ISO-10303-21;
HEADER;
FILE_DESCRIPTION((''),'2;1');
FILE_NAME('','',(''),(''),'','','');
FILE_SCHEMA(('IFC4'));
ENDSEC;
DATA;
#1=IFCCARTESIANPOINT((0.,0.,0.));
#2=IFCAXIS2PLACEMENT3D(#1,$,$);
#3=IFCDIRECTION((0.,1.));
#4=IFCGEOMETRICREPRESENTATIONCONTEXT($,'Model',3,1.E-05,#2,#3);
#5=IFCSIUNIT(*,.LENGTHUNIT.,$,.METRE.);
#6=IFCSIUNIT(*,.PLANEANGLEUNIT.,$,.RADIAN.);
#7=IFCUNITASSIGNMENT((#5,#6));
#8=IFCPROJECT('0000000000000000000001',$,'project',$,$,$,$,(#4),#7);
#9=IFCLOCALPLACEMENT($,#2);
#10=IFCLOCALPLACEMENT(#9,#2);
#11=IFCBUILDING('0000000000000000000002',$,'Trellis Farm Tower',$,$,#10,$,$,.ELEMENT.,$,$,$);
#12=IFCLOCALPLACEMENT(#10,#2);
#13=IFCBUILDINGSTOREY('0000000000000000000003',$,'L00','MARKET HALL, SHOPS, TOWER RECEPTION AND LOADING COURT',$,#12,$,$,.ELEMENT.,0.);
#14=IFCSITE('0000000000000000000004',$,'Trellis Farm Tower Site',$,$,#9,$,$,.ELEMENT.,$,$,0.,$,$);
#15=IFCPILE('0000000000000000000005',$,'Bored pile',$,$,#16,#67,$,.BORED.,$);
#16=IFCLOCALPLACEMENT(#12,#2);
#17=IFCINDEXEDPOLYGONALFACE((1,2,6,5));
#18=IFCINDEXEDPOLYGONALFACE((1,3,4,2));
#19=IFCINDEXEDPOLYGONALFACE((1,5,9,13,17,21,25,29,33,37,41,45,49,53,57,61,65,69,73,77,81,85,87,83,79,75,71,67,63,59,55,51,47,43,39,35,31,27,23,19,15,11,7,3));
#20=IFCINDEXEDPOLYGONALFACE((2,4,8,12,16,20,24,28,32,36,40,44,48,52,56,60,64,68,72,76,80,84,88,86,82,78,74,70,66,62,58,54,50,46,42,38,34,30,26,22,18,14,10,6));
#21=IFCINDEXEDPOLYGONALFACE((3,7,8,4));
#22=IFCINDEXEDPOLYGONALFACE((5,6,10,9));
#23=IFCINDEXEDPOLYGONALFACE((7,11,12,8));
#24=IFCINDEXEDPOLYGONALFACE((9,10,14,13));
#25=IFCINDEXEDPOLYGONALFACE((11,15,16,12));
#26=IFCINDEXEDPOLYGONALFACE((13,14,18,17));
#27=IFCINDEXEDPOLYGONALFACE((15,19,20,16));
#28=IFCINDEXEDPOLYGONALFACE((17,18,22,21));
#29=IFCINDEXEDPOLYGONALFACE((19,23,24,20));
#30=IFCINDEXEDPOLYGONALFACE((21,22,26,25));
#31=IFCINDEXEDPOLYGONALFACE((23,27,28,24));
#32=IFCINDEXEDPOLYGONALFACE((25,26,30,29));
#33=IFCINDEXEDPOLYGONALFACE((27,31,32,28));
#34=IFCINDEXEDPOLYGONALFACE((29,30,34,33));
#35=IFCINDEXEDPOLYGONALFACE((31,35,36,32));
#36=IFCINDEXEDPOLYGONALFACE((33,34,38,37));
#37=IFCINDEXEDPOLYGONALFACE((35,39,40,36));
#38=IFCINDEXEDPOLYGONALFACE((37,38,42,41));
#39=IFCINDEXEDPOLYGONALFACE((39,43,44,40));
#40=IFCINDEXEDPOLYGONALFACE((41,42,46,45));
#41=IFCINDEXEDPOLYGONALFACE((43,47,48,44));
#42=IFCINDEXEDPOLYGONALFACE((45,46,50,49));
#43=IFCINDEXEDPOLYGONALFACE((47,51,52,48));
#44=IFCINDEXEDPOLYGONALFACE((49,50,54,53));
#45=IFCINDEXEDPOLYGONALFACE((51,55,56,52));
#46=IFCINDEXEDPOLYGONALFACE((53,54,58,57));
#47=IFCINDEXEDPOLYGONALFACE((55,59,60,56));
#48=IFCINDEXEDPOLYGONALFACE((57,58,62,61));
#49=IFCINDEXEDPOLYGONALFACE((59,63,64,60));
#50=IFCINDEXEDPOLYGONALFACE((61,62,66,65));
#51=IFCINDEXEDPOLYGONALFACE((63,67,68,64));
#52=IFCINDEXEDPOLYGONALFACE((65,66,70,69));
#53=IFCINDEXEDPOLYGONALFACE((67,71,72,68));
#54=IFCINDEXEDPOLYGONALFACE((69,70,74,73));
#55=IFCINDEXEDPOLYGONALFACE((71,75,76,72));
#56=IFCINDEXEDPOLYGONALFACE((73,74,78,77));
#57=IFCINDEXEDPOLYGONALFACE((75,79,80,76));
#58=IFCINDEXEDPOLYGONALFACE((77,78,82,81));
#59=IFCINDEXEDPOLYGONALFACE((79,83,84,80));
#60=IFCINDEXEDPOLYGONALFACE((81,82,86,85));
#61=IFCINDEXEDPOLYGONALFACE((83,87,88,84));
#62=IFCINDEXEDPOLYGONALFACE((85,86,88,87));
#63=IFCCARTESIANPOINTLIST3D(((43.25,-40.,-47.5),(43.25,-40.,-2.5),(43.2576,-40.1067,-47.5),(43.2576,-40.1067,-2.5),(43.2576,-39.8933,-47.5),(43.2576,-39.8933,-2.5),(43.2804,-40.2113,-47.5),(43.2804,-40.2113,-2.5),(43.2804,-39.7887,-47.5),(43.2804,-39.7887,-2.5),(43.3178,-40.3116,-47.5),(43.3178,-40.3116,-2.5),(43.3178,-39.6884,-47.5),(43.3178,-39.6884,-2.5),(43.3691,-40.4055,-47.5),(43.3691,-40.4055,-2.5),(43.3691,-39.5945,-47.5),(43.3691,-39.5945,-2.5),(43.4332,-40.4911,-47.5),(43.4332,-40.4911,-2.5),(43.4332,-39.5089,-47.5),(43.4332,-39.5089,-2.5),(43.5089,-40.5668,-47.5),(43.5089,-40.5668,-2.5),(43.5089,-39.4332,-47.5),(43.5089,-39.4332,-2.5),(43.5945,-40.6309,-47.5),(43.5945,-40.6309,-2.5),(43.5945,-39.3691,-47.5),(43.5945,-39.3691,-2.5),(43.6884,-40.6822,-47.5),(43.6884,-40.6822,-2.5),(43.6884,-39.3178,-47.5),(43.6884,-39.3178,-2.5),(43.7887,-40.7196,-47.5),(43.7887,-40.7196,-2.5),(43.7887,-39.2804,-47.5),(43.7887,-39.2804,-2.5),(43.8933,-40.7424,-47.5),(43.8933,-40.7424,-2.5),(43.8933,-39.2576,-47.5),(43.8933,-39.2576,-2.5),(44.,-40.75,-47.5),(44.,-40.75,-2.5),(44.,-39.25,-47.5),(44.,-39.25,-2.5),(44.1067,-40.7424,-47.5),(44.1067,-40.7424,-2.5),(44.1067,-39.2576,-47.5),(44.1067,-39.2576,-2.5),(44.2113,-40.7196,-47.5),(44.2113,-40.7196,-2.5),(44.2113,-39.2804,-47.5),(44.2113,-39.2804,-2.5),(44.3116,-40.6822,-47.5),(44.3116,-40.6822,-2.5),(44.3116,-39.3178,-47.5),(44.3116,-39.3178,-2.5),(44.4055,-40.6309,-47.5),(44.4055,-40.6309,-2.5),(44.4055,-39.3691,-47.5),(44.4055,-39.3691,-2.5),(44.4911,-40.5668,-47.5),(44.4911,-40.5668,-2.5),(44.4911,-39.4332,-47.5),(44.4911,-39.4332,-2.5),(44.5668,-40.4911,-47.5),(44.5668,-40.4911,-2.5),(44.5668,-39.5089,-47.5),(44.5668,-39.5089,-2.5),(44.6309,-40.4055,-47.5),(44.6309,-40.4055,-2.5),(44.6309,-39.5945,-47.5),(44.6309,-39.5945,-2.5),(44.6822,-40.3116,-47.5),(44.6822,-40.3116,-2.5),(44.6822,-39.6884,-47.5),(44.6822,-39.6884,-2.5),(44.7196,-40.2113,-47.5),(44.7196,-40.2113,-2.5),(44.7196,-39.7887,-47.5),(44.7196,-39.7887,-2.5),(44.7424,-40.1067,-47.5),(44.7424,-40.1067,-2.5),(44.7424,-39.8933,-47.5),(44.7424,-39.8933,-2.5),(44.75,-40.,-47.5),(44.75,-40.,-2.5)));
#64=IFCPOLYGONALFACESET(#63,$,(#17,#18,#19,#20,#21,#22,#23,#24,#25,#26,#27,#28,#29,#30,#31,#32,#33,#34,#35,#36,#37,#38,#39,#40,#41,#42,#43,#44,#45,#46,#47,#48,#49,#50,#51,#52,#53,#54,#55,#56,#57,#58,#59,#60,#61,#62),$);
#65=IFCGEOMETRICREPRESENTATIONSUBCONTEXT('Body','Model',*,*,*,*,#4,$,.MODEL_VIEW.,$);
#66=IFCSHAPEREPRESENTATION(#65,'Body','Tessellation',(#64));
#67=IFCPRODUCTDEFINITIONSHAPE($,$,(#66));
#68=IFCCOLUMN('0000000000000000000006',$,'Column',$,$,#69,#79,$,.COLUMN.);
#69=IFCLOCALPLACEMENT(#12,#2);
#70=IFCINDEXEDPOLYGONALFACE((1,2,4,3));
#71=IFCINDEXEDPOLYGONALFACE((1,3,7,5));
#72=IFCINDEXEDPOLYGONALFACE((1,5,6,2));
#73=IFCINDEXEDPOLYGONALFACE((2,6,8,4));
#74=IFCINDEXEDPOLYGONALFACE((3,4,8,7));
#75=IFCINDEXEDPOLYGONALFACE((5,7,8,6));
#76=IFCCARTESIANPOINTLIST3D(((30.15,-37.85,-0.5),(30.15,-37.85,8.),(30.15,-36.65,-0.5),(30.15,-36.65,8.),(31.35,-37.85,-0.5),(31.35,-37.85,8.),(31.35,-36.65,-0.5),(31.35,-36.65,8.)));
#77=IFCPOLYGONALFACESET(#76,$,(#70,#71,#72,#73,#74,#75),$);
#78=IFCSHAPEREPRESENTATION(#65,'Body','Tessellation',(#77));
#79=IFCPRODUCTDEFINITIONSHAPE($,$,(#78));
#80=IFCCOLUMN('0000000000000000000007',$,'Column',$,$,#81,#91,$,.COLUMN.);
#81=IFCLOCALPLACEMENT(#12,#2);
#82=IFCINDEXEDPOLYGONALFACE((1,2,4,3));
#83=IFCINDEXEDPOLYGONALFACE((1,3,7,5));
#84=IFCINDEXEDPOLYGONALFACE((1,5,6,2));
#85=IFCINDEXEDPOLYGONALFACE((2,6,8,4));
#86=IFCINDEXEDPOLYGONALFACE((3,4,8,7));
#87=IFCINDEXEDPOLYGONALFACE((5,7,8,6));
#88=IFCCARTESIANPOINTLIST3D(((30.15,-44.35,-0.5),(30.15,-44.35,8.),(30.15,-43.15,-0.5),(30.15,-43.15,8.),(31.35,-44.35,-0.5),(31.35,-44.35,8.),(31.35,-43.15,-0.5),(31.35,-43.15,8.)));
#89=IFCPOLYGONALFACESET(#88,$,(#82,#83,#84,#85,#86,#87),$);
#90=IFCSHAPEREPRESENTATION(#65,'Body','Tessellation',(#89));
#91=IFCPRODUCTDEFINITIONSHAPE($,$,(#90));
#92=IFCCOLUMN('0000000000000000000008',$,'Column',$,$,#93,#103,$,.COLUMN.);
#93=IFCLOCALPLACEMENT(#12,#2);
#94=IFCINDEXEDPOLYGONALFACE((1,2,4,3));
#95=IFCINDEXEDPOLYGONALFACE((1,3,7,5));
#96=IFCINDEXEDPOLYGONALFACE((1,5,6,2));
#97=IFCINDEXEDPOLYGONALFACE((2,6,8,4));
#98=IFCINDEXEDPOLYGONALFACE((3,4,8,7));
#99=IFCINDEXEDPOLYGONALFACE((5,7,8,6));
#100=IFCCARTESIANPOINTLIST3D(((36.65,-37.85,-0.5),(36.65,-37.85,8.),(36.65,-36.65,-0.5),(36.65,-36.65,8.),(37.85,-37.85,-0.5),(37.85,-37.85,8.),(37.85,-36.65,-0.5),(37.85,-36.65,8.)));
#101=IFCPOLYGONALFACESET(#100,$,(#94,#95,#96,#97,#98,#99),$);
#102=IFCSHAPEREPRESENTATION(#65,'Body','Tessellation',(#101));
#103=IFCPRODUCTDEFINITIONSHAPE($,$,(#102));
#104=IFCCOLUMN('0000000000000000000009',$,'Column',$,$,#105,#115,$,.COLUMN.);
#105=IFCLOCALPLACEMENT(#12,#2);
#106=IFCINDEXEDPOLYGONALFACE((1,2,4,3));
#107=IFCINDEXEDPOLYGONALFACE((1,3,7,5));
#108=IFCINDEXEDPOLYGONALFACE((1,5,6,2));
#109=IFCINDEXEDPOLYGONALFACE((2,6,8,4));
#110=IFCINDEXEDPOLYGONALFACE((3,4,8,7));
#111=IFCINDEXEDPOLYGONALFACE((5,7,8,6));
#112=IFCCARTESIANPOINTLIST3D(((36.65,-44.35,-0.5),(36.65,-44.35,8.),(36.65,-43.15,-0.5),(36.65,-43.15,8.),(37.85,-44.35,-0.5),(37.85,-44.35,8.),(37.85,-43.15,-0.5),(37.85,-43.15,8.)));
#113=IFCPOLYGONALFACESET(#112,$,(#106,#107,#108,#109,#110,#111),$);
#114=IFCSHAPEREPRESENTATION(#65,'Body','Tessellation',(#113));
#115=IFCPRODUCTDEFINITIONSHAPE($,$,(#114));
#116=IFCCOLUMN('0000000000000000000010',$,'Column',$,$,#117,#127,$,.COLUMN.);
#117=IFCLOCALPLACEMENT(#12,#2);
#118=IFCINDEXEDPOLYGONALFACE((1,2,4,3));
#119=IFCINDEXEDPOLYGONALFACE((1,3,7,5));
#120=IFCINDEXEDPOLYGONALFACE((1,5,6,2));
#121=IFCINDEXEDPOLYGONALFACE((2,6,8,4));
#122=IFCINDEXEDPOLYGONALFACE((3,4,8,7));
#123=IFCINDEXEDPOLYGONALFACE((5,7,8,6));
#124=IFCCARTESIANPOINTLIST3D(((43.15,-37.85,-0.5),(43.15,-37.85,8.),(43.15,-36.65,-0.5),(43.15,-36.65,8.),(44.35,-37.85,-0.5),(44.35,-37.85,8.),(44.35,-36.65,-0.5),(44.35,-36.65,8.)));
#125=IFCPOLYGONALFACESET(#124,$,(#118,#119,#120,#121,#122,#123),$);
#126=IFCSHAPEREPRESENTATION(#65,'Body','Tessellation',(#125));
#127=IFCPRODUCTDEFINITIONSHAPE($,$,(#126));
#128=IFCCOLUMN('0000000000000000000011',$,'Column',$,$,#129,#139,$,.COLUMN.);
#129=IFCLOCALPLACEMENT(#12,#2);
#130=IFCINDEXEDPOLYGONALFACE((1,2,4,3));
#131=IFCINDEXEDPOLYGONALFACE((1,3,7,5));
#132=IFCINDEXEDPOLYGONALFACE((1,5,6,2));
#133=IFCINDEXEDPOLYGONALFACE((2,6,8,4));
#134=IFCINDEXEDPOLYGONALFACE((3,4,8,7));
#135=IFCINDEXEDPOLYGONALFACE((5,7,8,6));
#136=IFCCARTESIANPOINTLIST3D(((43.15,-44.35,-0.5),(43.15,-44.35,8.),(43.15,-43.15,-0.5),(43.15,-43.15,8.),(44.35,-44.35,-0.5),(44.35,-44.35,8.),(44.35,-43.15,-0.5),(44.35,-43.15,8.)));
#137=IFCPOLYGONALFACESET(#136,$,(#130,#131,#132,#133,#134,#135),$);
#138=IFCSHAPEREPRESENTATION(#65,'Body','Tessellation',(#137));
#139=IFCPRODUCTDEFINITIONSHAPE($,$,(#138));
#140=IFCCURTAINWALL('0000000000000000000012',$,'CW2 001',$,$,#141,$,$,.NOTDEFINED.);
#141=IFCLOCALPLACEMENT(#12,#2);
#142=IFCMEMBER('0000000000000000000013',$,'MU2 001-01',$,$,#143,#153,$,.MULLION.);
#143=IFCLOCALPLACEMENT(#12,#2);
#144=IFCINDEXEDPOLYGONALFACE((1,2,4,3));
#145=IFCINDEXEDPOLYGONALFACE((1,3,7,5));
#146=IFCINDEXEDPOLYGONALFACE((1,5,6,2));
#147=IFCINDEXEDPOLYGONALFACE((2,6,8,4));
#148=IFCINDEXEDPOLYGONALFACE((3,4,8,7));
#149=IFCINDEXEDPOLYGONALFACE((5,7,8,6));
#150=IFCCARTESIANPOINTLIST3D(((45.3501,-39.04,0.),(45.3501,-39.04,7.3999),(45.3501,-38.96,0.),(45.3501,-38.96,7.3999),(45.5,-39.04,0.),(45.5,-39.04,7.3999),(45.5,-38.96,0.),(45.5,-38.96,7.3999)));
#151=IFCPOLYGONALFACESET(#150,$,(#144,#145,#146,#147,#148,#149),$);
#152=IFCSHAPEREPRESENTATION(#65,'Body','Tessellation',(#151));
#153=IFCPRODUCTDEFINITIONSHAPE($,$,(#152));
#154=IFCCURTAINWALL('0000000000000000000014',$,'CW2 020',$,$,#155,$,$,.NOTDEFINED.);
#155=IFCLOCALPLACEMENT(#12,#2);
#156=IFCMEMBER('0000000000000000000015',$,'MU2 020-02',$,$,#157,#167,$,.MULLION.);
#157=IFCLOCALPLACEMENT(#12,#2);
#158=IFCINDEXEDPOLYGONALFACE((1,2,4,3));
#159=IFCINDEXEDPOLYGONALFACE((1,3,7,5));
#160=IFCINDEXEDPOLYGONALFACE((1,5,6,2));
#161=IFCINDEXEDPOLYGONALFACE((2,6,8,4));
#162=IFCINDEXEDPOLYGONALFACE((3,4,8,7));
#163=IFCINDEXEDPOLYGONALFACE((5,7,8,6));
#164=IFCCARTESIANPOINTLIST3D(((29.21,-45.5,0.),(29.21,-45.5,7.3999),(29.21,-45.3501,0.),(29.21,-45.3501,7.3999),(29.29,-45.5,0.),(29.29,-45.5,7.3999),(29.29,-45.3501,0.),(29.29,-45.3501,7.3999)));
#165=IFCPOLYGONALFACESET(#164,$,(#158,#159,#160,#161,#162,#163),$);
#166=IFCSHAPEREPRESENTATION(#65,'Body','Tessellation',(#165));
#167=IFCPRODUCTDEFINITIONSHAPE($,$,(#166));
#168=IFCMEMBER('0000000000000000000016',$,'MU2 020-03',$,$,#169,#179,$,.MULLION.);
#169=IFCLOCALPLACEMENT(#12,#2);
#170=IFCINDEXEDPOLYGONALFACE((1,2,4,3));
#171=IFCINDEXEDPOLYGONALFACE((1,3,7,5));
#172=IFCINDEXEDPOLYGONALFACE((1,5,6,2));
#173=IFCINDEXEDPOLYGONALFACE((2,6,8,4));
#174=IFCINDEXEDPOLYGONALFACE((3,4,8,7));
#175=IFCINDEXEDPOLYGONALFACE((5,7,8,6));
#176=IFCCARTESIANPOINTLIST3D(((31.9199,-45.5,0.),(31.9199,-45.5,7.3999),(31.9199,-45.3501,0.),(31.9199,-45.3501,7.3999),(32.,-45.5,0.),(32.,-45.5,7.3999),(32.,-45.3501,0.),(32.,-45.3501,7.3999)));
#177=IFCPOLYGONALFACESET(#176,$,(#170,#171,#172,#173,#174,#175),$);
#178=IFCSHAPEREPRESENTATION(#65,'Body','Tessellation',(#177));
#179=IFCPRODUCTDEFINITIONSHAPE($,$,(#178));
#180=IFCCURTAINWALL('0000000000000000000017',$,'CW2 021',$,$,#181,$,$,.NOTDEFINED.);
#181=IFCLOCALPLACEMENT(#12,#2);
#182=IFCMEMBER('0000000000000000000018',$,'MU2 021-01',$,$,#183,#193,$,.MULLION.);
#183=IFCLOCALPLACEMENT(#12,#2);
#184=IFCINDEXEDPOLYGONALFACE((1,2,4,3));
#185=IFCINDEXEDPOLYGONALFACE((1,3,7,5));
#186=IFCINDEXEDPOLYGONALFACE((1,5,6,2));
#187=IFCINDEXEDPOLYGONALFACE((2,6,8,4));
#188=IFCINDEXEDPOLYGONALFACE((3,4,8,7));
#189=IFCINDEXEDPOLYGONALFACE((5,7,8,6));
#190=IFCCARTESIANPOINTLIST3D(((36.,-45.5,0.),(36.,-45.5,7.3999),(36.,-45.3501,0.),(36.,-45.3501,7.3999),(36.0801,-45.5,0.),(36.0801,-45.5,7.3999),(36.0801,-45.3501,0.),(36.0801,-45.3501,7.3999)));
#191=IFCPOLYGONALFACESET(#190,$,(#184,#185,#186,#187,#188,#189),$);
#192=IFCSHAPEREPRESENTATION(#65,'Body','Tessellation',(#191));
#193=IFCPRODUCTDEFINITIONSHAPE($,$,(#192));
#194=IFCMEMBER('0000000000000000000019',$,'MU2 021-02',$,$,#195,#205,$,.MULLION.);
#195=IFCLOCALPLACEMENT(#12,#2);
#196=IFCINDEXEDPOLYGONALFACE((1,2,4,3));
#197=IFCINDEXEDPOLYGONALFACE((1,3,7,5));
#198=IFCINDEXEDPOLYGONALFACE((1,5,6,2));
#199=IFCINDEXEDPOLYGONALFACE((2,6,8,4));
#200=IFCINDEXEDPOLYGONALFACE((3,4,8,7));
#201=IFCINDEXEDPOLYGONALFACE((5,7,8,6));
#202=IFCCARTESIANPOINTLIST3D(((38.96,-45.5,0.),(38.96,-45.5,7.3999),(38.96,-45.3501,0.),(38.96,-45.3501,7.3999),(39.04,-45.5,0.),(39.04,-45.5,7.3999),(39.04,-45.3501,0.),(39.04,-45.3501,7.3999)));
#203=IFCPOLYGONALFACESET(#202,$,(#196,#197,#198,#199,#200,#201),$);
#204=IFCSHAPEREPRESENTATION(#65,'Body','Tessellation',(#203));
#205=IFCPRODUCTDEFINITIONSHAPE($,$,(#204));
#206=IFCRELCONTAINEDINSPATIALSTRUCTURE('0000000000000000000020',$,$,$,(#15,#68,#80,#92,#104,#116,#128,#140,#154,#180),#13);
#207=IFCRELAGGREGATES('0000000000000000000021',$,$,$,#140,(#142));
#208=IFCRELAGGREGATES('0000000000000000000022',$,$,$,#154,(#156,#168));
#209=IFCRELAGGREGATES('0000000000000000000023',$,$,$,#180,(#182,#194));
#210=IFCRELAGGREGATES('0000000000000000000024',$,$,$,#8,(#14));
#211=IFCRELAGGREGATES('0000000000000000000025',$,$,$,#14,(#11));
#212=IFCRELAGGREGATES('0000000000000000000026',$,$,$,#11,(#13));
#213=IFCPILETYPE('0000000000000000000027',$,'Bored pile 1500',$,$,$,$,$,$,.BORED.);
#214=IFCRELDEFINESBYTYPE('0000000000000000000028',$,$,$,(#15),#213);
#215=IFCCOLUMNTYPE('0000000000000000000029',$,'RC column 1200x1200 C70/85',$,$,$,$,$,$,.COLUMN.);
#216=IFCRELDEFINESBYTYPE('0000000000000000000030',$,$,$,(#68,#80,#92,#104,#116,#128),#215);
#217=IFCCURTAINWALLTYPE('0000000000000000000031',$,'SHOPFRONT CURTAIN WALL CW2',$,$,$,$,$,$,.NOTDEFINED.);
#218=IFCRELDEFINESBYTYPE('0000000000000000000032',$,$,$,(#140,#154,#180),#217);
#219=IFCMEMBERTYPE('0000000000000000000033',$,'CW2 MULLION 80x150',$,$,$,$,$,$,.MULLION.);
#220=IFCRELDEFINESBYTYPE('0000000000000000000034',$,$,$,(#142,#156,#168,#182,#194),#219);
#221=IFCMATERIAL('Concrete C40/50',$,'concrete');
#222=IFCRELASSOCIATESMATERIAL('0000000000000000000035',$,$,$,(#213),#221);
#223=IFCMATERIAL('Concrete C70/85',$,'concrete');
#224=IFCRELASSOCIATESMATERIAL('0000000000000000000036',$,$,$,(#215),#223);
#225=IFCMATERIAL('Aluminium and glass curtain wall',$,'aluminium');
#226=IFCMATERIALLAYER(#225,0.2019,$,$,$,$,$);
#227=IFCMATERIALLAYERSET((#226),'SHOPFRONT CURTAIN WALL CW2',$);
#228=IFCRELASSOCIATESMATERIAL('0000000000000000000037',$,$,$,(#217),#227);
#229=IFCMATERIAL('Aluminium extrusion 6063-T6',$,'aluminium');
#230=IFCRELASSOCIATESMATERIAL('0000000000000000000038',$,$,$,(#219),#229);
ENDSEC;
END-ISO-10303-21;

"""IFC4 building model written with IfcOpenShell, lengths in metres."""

from ifc_helpers import new_model, si_unit, direction, frame, origin, origin_2d, place, context, subcontext, project, spatial, rectangle, circle, extrude, source, transform, mapped, material, layer, layer_set, material_profile, profile_set, type_object, element, aggregate, save


model = new_model("IFC4")

# Units and contexts
model_context = context("Model", 3, precision=1e-05, world=origin(), true_north=direction((0.0, 1.0)))
body_context = subcontext(model_context, "Body", "Model", "MODEL_VIEW")
ifc_project = project(units=[si_unit("LENGTHUNIT", "METRE"), si_unit("PLANEANGLEUNIT", "RADIAN")], contexts=[model_context])

# Site, building, storey
site_placement = place(None, origin())
site = spatial("IfcSite", under=ifc_project, at=site_placement, Name="Trellis Farm Tower Site", CompositionType="ELEMENT", RefElevation=0.0)
building_placement = place(site_placement, origin())
building = spatial("IfcBuilding", under=site, at=building_placement, Name="Trellis Farm Tower", CompositionType="ELEMENT")
storey_placement = place(building_placement, origin())
storey = spatial("IfcBuildingStorey", under=building, at=storey_placement, Name="L00", Description="MARKET HALL, SHOPS, TOWER RECEPTION AND LOADING COURT", CompositionType="ELEMENT", Elevation=0.0)

# Pile
ifc_material_1 = material(Name="Concrete C40/50", Category="concrete")
ifc_material_profile_1 = material_profile(ifc_material_1, circle(Radius=0.75, at=origin_2d()), Name="Bored pile 1500")
ifc_profile_set_1 = profile_set([ifc_material_profile_1], Name="Concrete C40/50")
pile_type = type_object("IfcPileType", Name="Bored pile 1500", PredefinedType="BORED", material=ifc_profile_set_1)
shared_shape_1 = source(origin(), body_context, "Body", "SweptSolid", [
    extrude(circle(Radius=0.75, at=origin_2d()), origin(), (0.0, 0.0, 1.0), 45.0),
])
for number, where, z_axis, x_axis, name in (
    (1, (44.0, -40.0, -2.5), (0.0, 0.0, -1.0), (1.0, 0.0, 0.0), "Bored pile"),
):
    element("IfcPile", number, at=place(storey_placement, frame(where, z_axis=z_axis, x_axis=x_axis)), inside=storey, type_object=pile_type, Name=name, PredefinedType="BORED", context=body_context, shape_type="MappedRepresentation", body=[
        mapped(shared_shape_1, transform((0.0, 0.0, 0.0))),
    ])

# Columns
ifc_material_2 = material(Name="Concrete C70/85", Category="concrete")
ifc_material_profile_2 = material_profile(ifc_material_2, rectangle(XDim=1.2, YDim=1.2, at=origin_2d()), Name="RC column 1200x1200 C70/85")
ifc_profile_set_2 = profile_set([ifc_material_profile_2], Name="Concrete C70/85")
column_type = type_object("IfcColumnType", Name="RC column 1200x1200 C70/85", PredefinedType="COLUMN", material=ifc_profile_set_2)
shared_shape_2 = source(origin(), body_context, "Body", "SweptSolid", [
    extrude(rectangle(XDim=1.2, YDim=1.2, at=origin_2d()), origin(), (0.0, 0.0, 1.0), 8.5),
])
for number, where, z_axis, x_axis, name in (
    (2, (30.75, -37.25, -0.5), (0.0, 0.0, 1.0), (1.0, 0.0, 0.0), "Column"),
    (3, (30.75, -43.75, -0.5), (0.0, 0.0, 1.0), (1.0, 0.0, 0.0), "Column"),
    (4, (37.25, -37.25, -0.5), (0.0, 0.0, 1.0), (1.0, 0.0, 0.0), "Column"),
    (5, (37.25, -43.75, -0.5), (0.0, 0.0, 1.0), (1.0, 0.0, 0.0), "Column"),
    (6, (43.75, -37.25, -0.5), (0.0, 0.0, 1.0), (1.0, 0.0, 0.0), "Column"),
    (7, (43.75, -43.75, -0.5), (0.0, 0.0, 1.0), (1.0, 0.0, 0.0), "Column"),
):
    element("IfcColumn", number, at=place(storey_placement, frame(where, z_axis=z_axis, x_axis=x_axis)), inside=storey, type_object=column_type, Name=name, PredefinedType="COLUMN", context=body_context, shape_type="MappedRepresentation", body=[
        mapped(shared_shape_2, transform((0.0, 0.0, 0.0))),
    ])

# Curtain wall, member
ifc_material_3 = material(Name="Aluminium and glass curtain wall", Category="aluminium")
ifc_layer_1 = layer(ifc_material_3, 0.2019)
ifc_layer_set_1 = layer_set([ifc_layer_1], Name="SHOPFRONT CURTAIN WALL CW2")
curtain_wall_type = type_object("IfcCurtainWallType", Name="SHOPFRONT CURTAIN WALL CW2", PredefinedType="NOTDEFINED", material=ifc_layer_set_1)
placement = place(storey_placement, origin())
curtain_wall_1 = element("IfcCurtainWall", 8, at=placement, inside=storey, type_object=curtain_wall_type, Name="CW2 001", PredefinedType="NOTDEFINED")
ifc_material_4 = material(Name="Aluminium extrusion 6063-T6", Category="aluminium")
ifc_material_profile_3 = material_profile(ifc_material_4, rectangle(XDim=0.0801, YDim=0.1499, at=origin_2d()), Name="MULLION 80x150")
ifc_profile_set_3 = profile_set([ifc_material_profile_3], Name="Aluminium extrusion 6063-T6")
member_type = type_object("IfcMemberType", Name="CW2 MULLION 80x150", PredefinedType="MULLION", material=ifc_profile_set_3)
shared_shape_3 = source(origin(), body_context, "Body", "SweptSolid", [
    extrude(rectangle(XDim=0.0801, YDim=0.1499, at=origin_2d()), origin(), (0.0, 0.0, 1.0), 7.3999),
])
member_1_placement = place(storey_placement, frame((45.425, -39.0, 0.0), z_axis=(0.0, 0.0, 1.0), x_axis=(0.0, 1.0, 0.0)))
member_1 = element("IfcMember", 9, at=member_1_placement, type_object=member_type, Name="MU2 001-01", PredefinedType="MULLION", context=body_context, shape_type="MappedRepresentation", body=[
    mapped(shared_shape_3, transform((0.0, 0.0, 0.0))),
])
aggregate(curtain_wall_1, [member_1])

# Curtain walls, members
curtain_wall_2 = element("IfcCurtainWall", 10, at=placement, inside=storey, type_object=curtain_wall_type, Name="CW2 020", PredefinedType="NOTDEFINED")
member_2_placement = place(storey_placement, frame((29.25, -45.425, 0.0), z_axis=(0.0, 0.0, 1.0), x_axis=(1.0, 0.0, 0.0)))
member_2 = element("IfcMember", 11, at=member_2_placement, type_object=member_type, Name="MU2 020-02", PredefinedType="MULLION", context=body_context, shape_type="MappedRepresentation", body=[
    mapped(shared_shape_3, transform((0.0, 0.0, 0.0))),
])
member_3_placement = place(storey_placement, frame((31.96, -45.425, 0.0), z_axis=(0.0, 0.0, 1.0), x_axis=(1.0, 0.0, 0.0)))
member_3 = element("IfcMember", 12, at=member_3_placement, type_object=member_type, Name="MU2 020-03", PredefinedType="MULLION", context=body_context, shape_type="MappedRepresentation", body=[
    mapped(shared_shape_3, transform((0.0, 0.0, 0.0))),
])
aggregate(curtain_wall_2, [member_2, member_3])
curtain_wall_3 = element("IfcCurtainWall", 13, at=placement, inside=storey, type_object=curtain_wall_type, Name="CW2 021", PredefinedType="NOTDEFINED")
member_4_placement = place(storey_placement, frame((36.04, -45.425, 0.0), z_axis=(0.0, 0.0, 1.0), x_axis=(1.0, 0.0, 0.0)))
member_4 = element("IfcMember", 14, at=member_4_placement, type_object=member_type, Name="MU2 021-01", PredefinedType="MULLION", context=body_context, shape_type="MappedRepresentation", body=[
    mapped(shared_shape_3, transform((0.0, 0.0, 0.0))),
])
member_5_placement = place(storey_placement, frame((39.0, -45.425, 0.0), z_axis=(0.0, 0.0, 1.0), x_axis=(1.0, 0.0, 0.0)))
member_5 = element("IfcMember", 15, at=member_5_placement, type_object=member_type, Name="MU2 021-02", PredefinedType="MULLION", context=body_context, shape_type="MappedRepresentation", body=[
    mapped(shared_shape_3, transform((0.0, 0.0, 0.0))),
])
aggregate(curtain_wall_3, [member_4, member_5])

save(model, "model.ifc")
